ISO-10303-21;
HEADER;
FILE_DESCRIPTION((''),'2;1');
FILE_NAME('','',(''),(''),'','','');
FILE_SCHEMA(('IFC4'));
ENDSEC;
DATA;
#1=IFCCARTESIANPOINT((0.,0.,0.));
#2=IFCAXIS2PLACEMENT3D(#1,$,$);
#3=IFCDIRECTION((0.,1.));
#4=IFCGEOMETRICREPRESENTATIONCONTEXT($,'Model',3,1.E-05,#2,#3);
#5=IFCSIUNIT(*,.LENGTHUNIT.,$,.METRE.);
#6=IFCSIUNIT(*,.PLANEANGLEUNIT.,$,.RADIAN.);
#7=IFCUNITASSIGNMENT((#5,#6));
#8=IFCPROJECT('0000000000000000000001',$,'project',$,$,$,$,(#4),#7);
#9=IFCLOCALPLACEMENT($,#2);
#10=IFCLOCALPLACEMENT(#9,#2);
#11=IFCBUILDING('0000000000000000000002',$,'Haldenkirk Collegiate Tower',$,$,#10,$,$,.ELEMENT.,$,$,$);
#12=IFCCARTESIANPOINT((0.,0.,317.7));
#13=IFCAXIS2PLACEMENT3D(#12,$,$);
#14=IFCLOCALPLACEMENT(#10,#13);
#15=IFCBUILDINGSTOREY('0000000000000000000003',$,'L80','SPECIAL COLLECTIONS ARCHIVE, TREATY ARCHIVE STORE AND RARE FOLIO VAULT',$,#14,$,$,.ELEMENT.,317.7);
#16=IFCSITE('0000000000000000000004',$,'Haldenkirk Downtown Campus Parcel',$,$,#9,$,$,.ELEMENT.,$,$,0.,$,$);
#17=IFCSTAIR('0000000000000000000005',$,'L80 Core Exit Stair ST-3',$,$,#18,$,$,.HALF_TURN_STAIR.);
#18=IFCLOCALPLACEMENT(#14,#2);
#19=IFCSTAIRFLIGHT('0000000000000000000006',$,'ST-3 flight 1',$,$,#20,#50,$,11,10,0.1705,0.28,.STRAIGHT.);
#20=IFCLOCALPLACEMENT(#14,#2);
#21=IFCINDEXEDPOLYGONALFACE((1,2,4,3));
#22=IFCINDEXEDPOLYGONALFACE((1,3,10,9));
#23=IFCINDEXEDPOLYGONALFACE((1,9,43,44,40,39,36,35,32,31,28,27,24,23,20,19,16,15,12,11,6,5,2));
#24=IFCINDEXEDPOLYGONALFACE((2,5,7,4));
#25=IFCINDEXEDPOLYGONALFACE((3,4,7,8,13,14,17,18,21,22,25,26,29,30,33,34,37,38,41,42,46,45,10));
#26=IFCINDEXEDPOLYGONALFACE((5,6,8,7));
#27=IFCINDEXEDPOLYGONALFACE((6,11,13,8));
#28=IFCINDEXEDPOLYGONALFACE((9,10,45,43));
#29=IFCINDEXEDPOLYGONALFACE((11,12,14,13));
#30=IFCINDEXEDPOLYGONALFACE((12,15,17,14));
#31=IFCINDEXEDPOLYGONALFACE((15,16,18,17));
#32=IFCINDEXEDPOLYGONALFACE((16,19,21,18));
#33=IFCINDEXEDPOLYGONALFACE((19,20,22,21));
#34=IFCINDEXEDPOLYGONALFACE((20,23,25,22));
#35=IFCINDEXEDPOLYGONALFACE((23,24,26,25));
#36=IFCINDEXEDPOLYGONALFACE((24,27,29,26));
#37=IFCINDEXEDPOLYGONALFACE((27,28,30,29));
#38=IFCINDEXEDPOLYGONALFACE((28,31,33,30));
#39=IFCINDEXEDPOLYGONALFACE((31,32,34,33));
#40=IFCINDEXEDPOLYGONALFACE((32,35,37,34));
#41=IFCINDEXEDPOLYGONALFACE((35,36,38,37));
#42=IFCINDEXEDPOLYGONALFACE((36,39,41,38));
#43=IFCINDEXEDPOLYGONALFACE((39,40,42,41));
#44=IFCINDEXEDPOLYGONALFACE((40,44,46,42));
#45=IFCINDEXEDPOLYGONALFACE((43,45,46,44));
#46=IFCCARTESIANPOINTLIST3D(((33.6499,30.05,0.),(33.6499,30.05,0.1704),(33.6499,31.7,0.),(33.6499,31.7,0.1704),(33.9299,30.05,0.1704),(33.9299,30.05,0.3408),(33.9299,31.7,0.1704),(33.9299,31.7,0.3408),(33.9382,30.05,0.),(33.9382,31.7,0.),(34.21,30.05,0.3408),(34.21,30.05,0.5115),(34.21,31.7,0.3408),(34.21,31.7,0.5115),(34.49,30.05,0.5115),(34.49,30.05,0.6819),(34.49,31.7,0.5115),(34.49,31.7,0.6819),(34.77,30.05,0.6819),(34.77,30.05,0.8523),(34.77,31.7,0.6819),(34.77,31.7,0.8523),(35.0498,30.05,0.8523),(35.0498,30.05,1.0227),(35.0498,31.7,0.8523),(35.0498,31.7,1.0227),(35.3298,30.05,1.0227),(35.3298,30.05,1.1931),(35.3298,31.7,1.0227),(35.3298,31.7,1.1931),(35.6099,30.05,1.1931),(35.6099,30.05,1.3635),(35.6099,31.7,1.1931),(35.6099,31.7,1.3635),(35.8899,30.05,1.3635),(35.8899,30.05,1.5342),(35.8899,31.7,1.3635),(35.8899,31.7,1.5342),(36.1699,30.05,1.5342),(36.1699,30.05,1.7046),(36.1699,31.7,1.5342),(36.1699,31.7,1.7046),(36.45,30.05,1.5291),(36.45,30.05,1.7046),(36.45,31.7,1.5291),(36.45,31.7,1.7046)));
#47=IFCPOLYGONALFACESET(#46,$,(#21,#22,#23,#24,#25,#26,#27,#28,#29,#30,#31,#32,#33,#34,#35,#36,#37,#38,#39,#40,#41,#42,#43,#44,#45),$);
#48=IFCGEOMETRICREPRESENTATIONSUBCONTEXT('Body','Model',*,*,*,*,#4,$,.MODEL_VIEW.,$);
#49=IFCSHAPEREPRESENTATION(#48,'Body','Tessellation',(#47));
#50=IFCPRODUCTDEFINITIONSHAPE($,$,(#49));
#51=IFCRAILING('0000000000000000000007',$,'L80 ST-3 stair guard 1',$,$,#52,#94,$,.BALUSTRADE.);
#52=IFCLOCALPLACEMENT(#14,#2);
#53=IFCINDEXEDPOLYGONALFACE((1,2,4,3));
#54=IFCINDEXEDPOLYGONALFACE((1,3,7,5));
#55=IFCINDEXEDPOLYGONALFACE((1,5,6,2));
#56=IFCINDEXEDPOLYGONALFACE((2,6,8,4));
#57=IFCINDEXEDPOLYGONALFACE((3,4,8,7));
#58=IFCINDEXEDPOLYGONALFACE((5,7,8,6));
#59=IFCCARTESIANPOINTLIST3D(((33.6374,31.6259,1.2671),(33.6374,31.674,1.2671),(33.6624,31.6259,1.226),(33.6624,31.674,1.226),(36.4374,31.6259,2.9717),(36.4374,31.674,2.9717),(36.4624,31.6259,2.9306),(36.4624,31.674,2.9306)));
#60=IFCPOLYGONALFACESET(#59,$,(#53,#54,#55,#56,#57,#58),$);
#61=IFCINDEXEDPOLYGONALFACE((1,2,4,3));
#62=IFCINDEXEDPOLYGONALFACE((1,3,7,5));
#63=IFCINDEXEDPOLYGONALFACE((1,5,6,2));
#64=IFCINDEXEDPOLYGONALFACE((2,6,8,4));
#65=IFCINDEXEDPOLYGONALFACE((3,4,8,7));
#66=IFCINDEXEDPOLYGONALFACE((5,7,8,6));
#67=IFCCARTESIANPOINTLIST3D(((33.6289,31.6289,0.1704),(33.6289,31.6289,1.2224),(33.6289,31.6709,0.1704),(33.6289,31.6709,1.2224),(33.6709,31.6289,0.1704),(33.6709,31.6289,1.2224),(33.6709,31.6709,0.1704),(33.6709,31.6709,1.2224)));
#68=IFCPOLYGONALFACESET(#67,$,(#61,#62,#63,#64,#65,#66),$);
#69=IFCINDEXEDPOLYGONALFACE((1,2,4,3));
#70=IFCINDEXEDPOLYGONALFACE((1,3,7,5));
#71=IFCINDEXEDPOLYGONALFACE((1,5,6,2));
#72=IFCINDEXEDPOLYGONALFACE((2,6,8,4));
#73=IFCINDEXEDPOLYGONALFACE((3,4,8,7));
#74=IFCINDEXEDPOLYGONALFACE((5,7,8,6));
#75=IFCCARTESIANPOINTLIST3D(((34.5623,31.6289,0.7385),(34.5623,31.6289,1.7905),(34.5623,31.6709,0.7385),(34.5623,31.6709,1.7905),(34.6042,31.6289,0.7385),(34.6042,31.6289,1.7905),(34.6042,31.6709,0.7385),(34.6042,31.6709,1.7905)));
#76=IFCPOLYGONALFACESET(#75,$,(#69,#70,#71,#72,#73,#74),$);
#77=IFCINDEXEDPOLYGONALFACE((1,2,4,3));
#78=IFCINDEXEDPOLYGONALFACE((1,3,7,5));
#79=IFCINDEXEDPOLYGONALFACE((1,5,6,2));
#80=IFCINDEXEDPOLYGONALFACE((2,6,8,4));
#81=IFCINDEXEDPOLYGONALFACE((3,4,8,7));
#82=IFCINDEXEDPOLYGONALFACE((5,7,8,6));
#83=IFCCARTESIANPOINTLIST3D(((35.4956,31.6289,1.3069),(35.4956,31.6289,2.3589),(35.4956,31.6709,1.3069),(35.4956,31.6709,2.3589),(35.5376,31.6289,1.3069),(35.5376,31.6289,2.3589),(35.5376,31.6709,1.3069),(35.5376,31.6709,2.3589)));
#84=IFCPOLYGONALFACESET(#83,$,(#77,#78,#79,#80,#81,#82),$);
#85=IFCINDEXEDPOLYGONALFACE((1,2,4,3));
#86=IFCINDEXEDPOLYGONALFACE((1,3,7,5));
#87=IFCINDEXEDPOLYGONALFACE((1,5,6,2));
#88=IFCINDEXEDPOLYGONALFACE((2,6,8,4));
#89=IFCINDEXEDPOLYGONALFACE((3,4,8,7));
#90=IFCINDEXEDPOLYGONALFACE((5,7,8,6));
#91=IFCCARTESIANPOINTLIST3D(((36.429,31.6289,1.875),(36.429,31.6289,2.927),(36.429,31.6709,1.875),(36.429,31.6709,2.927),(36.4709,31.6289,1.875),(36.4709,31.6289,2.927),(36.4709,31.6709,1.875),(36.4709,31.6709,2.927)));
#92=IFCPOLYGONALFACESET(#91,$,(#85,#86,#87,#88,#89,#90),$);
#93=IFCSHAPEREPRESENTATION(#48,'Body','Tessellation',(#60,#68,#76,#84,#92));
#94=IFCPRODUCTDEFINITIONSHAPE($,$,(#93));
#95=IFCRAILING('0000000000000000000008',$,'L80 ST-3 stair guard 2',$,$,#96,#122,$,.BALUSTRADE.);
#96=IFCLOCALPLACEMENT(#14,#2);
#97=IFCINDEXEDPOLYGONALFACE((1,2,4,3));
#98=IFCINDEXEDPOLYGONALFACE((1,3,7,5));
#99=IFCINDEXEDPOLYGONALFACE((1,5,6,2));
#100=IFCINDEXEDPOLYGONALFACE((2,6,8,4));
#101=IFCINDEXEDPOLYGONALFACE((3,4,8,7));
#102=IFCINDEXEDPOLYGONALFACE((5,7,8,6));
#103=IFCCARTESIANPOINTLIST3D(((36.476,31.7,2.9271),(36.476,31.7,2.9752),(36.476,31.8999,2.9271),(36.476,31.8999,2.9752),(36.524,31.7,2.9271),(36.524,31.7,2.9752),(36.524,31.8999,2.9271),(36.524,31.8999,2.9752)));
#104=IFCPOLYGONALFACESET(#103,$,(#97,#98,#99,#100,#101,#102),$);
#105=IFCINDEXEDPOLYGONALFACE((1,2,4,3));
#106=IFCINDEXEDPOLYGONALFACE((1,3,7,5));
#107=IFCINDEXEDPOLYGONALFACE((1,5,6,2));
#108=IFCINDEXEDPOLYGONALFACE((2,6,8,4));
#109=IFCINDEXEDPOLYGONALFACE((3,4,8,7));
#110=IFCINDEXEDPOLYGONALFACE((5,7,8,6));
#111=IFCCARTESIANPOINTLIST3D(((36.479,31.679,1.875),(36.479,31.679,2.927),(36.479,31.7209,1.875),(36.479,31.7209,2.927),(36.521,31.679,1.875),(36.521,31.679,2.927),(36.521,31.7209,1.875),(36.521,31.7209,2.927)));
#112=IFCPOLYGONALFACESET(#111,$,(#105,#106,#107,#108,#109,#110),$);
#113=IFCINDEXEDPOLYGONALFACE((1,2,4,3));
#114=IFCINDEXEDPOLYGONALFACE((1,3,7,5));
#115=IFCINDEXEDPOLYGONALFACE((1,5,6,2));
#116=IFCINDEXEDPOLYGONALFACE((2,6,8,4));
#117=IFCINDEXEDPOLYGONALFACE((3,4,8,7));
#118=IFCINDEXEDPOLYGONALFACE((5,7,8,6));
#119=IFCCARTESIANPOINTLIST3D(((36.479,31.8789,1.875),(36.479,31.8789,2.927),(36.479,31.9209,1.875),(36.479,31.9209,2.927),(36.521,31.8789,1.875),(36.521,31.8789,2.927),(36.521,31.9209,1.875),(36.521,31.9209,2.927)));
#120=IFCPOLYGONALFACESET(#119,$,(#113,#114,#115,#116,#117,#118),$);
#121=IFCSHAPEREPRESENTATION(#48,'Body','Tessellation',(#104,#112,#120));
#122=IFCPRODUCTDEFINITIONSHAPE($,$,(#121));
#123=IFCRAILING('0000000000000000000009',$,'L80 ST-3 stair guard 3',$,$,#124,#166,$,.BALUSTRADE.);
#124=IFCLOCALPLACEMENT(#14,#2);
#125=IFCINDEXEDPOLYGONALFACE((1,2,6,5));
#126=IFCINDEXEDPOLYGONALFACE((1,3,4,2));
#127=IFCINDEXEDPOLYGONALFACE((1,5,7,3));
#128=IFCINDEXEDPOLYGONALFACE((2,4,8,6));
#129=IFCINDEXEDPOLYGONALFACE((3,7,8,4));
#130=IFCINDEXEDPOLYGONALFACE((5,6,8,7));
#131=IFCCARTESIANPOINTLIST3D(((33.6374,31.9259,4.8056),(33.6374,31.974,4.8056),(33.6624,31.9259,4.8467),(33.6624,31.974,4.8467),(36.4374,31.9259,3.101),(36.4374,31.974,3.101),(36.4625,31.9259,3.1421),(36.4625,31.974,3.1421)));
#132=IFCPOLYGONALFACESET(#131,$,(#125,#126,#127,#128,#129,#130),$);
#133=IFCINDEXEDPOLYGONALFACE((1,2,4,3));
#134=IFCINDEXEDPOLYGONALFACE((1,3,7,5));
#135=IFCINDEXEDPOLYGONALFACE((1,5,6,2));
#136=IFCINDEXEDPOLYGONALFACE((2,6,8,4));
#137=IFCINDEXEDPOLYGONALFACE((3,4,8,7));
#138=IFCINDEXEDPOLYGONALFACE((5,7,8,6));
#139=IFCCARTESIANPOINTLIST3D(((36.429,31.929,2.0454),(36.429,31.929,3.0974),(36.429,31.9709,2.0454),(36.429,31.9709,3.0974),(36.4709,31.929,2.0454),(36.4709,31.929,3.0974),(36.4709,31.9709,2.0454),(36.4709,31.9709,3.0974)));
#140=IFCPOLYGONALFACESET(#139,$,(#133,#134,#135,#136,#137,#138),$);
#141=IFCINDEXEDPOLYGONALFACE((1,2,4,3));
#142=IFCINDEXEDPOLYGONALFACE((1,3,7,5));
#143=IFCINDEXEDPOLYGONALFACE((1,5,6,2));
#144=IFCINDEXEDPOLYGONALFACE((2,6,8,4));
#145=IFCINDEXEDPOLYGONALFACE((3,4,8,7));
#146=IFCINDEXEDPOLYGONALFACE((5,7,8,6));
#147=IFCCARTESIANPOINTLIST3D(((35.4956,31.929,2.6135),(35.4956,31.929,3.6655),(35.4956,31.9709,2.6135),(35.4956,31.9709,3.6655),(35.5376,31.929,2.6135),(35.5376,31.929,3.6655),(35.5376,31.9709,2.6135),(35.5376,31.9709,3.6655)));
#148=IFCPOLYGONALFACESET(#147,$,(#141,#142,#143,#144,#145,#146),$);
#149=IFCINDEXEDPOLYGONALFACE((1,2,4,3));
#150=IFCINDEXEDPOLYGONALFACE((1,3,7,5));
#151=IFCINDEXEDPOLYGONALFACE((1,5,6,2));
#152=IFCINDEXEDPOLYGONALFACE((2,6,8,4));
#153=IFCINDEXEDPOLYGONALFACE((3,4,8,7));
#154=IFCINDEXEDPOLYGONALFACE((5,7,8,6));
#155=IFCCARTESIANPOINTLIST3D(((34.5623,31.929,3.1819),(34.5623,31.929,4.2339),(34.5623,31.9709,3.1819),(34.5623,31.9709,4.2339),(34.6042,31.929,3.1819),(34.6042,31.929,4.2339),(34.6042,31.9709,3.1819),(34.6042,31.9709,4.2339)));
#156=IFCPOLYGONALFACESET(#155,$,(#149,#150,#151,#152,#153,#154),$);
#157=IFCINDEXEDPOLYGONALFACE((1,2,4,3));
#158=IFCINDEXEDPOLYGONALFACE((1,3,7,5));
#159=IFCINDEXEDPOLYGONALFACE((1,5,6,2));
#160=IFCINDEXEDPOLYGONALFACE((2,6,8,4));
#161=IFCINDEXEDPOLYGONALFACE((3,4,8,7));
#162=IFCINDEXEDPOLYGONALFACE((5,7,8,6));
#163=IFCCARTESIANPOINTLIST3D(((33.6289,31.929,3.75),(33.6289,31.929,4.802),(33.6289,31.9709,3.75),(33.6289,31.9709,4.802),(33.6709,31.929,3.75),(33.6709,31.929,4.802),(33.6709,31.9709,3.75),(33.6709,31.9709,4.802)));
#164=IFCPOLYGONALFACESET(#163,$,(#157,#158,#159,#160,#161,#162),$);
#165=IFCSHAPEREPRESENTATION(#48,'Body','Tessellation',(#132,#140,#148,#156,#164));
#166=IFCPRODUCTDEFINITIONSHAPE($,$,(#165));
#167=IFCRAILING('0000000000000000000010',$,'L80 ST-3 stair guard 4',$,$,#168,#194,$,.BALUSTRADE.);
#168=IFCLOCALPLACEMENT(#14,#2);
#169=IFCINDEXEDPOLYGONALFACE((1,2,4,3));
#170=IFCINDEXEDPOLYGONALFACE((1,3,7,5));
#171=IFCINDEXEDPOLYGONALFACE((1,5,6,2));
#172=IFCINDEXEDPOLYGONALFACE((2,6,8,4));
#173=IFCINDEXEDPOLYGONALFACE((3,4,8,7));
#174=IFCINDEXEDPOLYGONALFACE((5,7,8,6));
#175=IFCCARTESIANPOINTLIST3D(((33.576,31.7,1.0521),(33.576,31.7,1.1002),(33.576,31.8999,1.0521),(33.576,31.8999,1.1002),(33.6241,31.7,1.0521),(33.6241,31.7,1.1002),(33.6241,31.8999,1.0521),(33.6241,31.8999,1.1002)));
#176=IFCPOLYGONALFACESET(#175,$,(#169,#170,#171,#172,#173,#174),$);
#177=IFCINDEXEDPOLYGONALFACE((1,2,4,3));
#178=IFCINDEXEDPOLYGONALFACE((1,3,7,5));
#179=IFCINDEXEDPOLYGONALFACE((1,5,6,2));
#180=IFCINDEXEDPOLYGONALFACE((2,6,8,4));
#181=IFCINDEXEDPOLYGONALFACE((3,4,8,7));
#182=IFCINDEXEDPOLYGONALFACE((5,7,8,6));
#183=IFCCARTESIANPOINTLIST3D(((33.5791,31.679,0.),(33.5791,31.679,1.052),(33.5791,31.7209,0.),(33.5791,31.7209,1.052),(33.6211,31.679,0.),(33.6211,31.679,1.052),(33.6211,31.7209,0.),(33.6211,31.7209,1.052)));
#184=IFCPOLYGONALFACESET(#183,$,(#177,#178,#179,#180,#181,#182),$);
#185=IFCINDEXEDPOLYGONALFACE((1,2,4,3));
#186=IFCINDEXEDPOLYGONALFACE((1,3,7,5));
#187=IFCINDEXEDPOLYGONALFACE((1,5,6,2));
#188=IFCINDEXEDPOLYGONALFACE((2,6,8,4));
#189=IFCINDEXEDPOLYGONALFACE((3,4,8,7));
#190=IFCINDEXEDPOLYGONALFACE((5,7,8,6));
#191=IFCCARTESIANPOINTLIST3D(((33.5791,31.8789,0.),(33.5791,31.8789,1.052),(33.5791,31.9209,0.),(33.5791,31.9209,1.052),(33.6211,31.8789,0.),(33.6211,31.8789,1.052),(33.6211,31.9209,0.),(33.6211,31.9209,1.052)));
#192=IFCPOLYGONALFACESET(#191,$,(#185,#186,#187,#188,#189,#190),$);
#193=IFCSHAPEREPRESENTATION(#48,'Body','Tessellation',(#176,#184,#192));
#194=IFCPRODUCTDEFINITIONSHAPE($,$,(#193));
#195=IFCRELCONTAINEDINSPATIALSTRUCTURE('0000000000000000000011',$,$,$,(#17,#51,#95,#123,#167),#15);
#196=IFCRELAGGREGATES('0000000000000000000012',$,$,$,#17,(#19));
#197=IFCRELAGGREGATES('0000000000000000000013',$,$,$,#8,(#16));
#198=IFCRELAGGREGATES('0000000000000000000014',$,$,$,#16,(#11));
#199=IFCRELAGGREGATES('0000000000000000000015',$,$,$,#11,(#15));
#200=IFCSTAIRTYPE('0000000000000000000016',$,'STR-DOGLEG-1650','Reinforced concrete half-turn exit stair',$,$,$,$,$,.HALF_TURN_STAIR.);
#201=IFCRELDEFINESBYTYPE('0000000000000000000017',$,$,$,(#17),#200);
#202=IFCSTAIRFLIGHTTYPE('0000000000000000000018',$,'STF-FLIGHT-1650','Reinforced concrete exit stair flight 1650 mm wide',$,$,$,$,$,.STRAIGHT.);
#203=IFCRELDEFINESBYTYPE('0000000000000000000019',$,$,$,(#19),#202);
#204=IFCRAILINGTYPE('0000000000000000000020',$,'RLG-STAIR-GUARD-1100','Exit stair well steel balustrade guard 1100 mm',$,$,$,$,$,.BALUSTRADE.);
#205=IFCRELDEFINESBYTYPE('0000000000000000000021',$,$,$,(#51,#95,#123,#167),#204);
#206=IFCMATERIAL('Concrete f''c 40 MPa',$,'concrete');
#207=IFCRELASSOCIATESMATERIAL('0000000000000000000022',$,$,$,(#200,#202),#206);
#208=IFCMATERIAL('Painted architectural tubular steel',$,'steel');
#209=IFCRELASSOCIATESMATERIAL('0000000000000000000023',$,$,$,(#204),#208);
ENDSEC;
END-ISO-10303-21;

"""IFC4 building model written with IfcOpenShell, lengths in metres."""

from ifc_helpers import new_model, si_unit, direction, frame, origin, origin_2d, place, context, subcontext, project, spatial, polyline, rectangle, outline, extrude, material, type_object, element, aggregate, save


model = new_model("IFC4")

# Units and contexts
model_context = context("Model", 3, precision=1e-05, world=origin(), true_north=direction((0.0, 1.0)))
body_context = subcontext(model_context, "Body", "Model", "MODEL_VIEW")
ifc_project = project(units=[si_unit("LENGTHUNIT", "METRE"), si_unit("PLANEANGLEUNIT", "RADIAN")], contexts=[model_context])

# Site, building, storey
site_placement = place(None, origin())
site = spatial("IfcSite", under=ifc_project, at=site_placement, Name="Haldenkirk Downtown Campus Parcel", CompositionType="ELEMENT", RefElevation=0.0)
building_placement = place(site_placement, origin())
building = spatial("IfcBuilding", under=site, at=building_placement, Name="Haldenkirk Collegiate Tower", CompositionType="ELEMENT")
storey_placement = place(building_placement, frame((0.0, 0.0, 317.7)))
storey = spatial("IfcBuildingStorey", under=building, at=storey_placement, Name="L80", Description="SPECIAL COLLECTIONS ARCHIVE, TREATY ARCHIVE STORE AND RARE FOLIO VAULT", CompositionType="ELEMENT", Elevation=317.7)

# Stair, stair flight
ifc_material_1 = material(Name="Concrete f'c 40 MPa", Category="concrete")
stair_type = type_object("IfcStairType", Name="STR-DOGLEG-1650", Description="Reinforced concrete half-turn exit stair", PredefinedType="HALF_TURN_STAIR", material=ifc_material_1)
stair_placement = place(storey_placement, origin())
stair = element("IfcStair", 1, at=stair_placement, inside=storey, type_object=stair_type, Name="L80 Core Exit Stair ST-3", PredefinedType="HALF_TURN_STAIR")
stair_flight_type = type_object("IfcStairFlightType", Name="STF-FLIGHT-1650", Description="Reinforced concrete exit stair flight 1650 mm wide", PredefinedType="STRAIGHT", material=ifc_material_1)
stair_flight_placement = place(storey_placement, frame((33.6499, 30.875, 0.0), z_axis=(0.0, 0.0, 1.0), x_axis=(1.0, 0.0, 0.0)))
stair_flight = element("IfcStairFlight", 2, at=stair_flight_placement, type_object=stair_flight_type, Name="ST-3 flight 1", NumberOfRisers=11, NumberOfTreads=10, PredefinedType="STRAIGHT", RiserHeight=0.1705, TreadLength=0.28, context=body_context, shape_type="SweptSolid", body=[
    extrude(outline(polyline([(0.0, 0.0), (0.0, 0.1704), (0.28, 0.1704), (0.28, 0.3408), (0.5601, 0.3408), (0.5601, 0.5115), (0.8401, 0.5115), (0.8401, 0.6819), (1.1201, 0.6819), (1.1201, 0.8523), (1.3999, 0.8523), (1.3999, 1.0227), (1.6799, 1.0227), (1.6799, 1.1931), (1.96, 1.1931), (1.96, 1.3635), (2.24, 1.3635), (2.24, 1.5342), (2.52, 1.5342), (2.52, 1.7046), (2.8, 1.7046), (2.8, 1.875), (2.8, 1.5291), (0.2883, 0.0), (0.0, 0.0)])), frame((0.0, 0.825, 0.0), z_axis=(0.0, -1.0, 0.0), x_axis=(1.0, 0.0, 0.0)), (0.0, 0.0, 1.0), 1.6499),
])
aggregate(stair, [stair_flight])

# Railings
ifc_material_2 = material(Name="Painted architectural tubular steel", Category="steel")
railing_type_1 = type_object("IfcRailingType", Name="RLG-STAIR-GUARD-1100", Description="Exit stair well steel balustrade guard 1100 mm", PredefinedType="BALUSTRADE", material=ifc_material_2)
railing_1_placement = place(storey_placement, frame((33.6499, 31.6499, 0.1704)))
element("IfcRailing", 3, at=railing_1_placement, inside=storey, type_object=railing_type_1, Name="L80 ST-3 stair guard 1", PredefinedType="BALUSTRADE", context=body_context, shape_type="SweptSolid", body=[
    extrude(rectangle(XDim=0.0481, YDim=0.0481, at=origin_2d()), frame((0.0, 0.0, 1.0762), z_axis=(0.85417, 0.0, 0.519994), x_axis=(0.0, 1.0, 0.0)), (0.0, 0.0, 1.0), 3.2781),
    extrude(rectangle(XDim=0.042, YDim=0.042, at=origin_2d()), origin(), (0.0, 0.0, 1.0), 1.052),
    extrude(rectangle(XDim=0.042, YDim=0.042, at=origin_2d()), frame((0.9333, 0.0, 0.5681)), (0.0, 0.0, 1.0), 1.052),
    extrude(rectangle(XDim=0.042, YDim=0.042, at=origin_2d()), frame((1.8667, 0.0, 1.1365)), (0.0, 0.0, 1.0), 1.052),
    extrude(rectangle(XDim=0.042, YDim=0.042, at=origin_2d()), frame((2.8, 0.0, 1.7046)), (0.0, 0.0, 1.0), 1.052),
])
railing_2_placement = place(storey_placement, frame((36.5, 31.7, 1.875)))
element("IfcRailing", 4, at=railing_2_placement, inside=storey, type_object=railing_type_1, Name="L80 ST-3 stair guard 2", PredefinedType="BALUSTRADE", context=body_context, shape_type="SweptSolid", body=[
    extrude(rectangle(XDim=0.0481, YDim=0.0481, at=origin_2d()), frame((0.0, 0.0, 1.0762), z_axis=(0.0, 1.0, 0.0), x_axis=(-1.0, 0.0, 0.0)), (0.0, 0.0, 1.0), 0.2),
    extrude(rectangle(XDim=0.042, YDim=0.042, at=origin_2d()), origin(), (0.0, 0.0, 1.0), 1.052),
    extrude(rectangle(XDim=0.042, YDim=0.042, at=origin_2d()), frame((0.0, 0.2, 0.0)), (0.0, 0.0, 1.0), 1.052),
])
railing_3_placement = place(storey_placement, frame((36.45, 31.95, 2.0454)))
element("IfcRailing", 5, at=railing_3_placement, inside=storey, type_object=railing_type_1, Name="L80 ST-3 stair guard 3", PredefinedType="BALUSTRADE", context=body_context, shape_type="SweptSolid", body=[
    extrude(rectangle(XDim=0.0481, YDim=0.0481, at=origin_2d()), frame((0.0, 0.0, 1.0762), z_axis=(-0.85417, 0.0, 0.519994), x_axis=(0.0, -1.0, 0.0)), (0.0, 0.0, 1.0), 3.2781),
    extrude(rectangle(XDim=0.042, YDim=0.042, at=origin_2d()), origin(), (0.0, 0.0, 1.0), 1.052),
    extrude(rectangle(XDim=0.042, YDim=0.042, at=origin_2d()), frame((-0.9333, 0.0, 0.5681)), (0.0, 0.0, 1.0), 1.052),
    extrude(rectangle(XDim=0.042, YDim=0.042, at=origin_2d()), frame((-1.8667, 0.0, 1.1365)), (0.0, 0.0, 1.0), 1.052),
    extrude(rectangle(XDim=0.042, YDim=0.042, at=origin_2d()), frame((-2.8, 0.0, 1.7046)), (0.0, 0.0, 1.0), 1.052),
])
railing_4_placement = place(storey_placement, frame((33.6001, 31.7, 0.0)))
element("IfcRailing", 6, at=railing_4_placement, inside=storey, type_object=railing_type_1, Name="L80 ST-3 stair guard 4", PredefinedType="BALUSTRADE", context=body_context, shape_type="SweptSolid", body=[
    extrude(rectangle(XDim=0.0481, YDim=0.0481, at=origin_2d()), frame((0.0, 0.0, 1.0762), z_axis=(0.0, 1.0, 0.0), x_axis=(-1.0, 0.0, 0.0)), (0.0, 0.0, 1.0), 0.2),
    extrude(rectangle(XDim=0.042, YDim=0.042, at=origin_2d()), origin(), (0.0, 0.0, 1.0), 1.052),
    extrude(rectangle(XDim=0.042, YDim=0.042, at=origin_2d()), frame((0.0, 0.2, 0.0)), (0.0, 0.0, 1.0), 1.052),
])

save(model, "model.ifc")
